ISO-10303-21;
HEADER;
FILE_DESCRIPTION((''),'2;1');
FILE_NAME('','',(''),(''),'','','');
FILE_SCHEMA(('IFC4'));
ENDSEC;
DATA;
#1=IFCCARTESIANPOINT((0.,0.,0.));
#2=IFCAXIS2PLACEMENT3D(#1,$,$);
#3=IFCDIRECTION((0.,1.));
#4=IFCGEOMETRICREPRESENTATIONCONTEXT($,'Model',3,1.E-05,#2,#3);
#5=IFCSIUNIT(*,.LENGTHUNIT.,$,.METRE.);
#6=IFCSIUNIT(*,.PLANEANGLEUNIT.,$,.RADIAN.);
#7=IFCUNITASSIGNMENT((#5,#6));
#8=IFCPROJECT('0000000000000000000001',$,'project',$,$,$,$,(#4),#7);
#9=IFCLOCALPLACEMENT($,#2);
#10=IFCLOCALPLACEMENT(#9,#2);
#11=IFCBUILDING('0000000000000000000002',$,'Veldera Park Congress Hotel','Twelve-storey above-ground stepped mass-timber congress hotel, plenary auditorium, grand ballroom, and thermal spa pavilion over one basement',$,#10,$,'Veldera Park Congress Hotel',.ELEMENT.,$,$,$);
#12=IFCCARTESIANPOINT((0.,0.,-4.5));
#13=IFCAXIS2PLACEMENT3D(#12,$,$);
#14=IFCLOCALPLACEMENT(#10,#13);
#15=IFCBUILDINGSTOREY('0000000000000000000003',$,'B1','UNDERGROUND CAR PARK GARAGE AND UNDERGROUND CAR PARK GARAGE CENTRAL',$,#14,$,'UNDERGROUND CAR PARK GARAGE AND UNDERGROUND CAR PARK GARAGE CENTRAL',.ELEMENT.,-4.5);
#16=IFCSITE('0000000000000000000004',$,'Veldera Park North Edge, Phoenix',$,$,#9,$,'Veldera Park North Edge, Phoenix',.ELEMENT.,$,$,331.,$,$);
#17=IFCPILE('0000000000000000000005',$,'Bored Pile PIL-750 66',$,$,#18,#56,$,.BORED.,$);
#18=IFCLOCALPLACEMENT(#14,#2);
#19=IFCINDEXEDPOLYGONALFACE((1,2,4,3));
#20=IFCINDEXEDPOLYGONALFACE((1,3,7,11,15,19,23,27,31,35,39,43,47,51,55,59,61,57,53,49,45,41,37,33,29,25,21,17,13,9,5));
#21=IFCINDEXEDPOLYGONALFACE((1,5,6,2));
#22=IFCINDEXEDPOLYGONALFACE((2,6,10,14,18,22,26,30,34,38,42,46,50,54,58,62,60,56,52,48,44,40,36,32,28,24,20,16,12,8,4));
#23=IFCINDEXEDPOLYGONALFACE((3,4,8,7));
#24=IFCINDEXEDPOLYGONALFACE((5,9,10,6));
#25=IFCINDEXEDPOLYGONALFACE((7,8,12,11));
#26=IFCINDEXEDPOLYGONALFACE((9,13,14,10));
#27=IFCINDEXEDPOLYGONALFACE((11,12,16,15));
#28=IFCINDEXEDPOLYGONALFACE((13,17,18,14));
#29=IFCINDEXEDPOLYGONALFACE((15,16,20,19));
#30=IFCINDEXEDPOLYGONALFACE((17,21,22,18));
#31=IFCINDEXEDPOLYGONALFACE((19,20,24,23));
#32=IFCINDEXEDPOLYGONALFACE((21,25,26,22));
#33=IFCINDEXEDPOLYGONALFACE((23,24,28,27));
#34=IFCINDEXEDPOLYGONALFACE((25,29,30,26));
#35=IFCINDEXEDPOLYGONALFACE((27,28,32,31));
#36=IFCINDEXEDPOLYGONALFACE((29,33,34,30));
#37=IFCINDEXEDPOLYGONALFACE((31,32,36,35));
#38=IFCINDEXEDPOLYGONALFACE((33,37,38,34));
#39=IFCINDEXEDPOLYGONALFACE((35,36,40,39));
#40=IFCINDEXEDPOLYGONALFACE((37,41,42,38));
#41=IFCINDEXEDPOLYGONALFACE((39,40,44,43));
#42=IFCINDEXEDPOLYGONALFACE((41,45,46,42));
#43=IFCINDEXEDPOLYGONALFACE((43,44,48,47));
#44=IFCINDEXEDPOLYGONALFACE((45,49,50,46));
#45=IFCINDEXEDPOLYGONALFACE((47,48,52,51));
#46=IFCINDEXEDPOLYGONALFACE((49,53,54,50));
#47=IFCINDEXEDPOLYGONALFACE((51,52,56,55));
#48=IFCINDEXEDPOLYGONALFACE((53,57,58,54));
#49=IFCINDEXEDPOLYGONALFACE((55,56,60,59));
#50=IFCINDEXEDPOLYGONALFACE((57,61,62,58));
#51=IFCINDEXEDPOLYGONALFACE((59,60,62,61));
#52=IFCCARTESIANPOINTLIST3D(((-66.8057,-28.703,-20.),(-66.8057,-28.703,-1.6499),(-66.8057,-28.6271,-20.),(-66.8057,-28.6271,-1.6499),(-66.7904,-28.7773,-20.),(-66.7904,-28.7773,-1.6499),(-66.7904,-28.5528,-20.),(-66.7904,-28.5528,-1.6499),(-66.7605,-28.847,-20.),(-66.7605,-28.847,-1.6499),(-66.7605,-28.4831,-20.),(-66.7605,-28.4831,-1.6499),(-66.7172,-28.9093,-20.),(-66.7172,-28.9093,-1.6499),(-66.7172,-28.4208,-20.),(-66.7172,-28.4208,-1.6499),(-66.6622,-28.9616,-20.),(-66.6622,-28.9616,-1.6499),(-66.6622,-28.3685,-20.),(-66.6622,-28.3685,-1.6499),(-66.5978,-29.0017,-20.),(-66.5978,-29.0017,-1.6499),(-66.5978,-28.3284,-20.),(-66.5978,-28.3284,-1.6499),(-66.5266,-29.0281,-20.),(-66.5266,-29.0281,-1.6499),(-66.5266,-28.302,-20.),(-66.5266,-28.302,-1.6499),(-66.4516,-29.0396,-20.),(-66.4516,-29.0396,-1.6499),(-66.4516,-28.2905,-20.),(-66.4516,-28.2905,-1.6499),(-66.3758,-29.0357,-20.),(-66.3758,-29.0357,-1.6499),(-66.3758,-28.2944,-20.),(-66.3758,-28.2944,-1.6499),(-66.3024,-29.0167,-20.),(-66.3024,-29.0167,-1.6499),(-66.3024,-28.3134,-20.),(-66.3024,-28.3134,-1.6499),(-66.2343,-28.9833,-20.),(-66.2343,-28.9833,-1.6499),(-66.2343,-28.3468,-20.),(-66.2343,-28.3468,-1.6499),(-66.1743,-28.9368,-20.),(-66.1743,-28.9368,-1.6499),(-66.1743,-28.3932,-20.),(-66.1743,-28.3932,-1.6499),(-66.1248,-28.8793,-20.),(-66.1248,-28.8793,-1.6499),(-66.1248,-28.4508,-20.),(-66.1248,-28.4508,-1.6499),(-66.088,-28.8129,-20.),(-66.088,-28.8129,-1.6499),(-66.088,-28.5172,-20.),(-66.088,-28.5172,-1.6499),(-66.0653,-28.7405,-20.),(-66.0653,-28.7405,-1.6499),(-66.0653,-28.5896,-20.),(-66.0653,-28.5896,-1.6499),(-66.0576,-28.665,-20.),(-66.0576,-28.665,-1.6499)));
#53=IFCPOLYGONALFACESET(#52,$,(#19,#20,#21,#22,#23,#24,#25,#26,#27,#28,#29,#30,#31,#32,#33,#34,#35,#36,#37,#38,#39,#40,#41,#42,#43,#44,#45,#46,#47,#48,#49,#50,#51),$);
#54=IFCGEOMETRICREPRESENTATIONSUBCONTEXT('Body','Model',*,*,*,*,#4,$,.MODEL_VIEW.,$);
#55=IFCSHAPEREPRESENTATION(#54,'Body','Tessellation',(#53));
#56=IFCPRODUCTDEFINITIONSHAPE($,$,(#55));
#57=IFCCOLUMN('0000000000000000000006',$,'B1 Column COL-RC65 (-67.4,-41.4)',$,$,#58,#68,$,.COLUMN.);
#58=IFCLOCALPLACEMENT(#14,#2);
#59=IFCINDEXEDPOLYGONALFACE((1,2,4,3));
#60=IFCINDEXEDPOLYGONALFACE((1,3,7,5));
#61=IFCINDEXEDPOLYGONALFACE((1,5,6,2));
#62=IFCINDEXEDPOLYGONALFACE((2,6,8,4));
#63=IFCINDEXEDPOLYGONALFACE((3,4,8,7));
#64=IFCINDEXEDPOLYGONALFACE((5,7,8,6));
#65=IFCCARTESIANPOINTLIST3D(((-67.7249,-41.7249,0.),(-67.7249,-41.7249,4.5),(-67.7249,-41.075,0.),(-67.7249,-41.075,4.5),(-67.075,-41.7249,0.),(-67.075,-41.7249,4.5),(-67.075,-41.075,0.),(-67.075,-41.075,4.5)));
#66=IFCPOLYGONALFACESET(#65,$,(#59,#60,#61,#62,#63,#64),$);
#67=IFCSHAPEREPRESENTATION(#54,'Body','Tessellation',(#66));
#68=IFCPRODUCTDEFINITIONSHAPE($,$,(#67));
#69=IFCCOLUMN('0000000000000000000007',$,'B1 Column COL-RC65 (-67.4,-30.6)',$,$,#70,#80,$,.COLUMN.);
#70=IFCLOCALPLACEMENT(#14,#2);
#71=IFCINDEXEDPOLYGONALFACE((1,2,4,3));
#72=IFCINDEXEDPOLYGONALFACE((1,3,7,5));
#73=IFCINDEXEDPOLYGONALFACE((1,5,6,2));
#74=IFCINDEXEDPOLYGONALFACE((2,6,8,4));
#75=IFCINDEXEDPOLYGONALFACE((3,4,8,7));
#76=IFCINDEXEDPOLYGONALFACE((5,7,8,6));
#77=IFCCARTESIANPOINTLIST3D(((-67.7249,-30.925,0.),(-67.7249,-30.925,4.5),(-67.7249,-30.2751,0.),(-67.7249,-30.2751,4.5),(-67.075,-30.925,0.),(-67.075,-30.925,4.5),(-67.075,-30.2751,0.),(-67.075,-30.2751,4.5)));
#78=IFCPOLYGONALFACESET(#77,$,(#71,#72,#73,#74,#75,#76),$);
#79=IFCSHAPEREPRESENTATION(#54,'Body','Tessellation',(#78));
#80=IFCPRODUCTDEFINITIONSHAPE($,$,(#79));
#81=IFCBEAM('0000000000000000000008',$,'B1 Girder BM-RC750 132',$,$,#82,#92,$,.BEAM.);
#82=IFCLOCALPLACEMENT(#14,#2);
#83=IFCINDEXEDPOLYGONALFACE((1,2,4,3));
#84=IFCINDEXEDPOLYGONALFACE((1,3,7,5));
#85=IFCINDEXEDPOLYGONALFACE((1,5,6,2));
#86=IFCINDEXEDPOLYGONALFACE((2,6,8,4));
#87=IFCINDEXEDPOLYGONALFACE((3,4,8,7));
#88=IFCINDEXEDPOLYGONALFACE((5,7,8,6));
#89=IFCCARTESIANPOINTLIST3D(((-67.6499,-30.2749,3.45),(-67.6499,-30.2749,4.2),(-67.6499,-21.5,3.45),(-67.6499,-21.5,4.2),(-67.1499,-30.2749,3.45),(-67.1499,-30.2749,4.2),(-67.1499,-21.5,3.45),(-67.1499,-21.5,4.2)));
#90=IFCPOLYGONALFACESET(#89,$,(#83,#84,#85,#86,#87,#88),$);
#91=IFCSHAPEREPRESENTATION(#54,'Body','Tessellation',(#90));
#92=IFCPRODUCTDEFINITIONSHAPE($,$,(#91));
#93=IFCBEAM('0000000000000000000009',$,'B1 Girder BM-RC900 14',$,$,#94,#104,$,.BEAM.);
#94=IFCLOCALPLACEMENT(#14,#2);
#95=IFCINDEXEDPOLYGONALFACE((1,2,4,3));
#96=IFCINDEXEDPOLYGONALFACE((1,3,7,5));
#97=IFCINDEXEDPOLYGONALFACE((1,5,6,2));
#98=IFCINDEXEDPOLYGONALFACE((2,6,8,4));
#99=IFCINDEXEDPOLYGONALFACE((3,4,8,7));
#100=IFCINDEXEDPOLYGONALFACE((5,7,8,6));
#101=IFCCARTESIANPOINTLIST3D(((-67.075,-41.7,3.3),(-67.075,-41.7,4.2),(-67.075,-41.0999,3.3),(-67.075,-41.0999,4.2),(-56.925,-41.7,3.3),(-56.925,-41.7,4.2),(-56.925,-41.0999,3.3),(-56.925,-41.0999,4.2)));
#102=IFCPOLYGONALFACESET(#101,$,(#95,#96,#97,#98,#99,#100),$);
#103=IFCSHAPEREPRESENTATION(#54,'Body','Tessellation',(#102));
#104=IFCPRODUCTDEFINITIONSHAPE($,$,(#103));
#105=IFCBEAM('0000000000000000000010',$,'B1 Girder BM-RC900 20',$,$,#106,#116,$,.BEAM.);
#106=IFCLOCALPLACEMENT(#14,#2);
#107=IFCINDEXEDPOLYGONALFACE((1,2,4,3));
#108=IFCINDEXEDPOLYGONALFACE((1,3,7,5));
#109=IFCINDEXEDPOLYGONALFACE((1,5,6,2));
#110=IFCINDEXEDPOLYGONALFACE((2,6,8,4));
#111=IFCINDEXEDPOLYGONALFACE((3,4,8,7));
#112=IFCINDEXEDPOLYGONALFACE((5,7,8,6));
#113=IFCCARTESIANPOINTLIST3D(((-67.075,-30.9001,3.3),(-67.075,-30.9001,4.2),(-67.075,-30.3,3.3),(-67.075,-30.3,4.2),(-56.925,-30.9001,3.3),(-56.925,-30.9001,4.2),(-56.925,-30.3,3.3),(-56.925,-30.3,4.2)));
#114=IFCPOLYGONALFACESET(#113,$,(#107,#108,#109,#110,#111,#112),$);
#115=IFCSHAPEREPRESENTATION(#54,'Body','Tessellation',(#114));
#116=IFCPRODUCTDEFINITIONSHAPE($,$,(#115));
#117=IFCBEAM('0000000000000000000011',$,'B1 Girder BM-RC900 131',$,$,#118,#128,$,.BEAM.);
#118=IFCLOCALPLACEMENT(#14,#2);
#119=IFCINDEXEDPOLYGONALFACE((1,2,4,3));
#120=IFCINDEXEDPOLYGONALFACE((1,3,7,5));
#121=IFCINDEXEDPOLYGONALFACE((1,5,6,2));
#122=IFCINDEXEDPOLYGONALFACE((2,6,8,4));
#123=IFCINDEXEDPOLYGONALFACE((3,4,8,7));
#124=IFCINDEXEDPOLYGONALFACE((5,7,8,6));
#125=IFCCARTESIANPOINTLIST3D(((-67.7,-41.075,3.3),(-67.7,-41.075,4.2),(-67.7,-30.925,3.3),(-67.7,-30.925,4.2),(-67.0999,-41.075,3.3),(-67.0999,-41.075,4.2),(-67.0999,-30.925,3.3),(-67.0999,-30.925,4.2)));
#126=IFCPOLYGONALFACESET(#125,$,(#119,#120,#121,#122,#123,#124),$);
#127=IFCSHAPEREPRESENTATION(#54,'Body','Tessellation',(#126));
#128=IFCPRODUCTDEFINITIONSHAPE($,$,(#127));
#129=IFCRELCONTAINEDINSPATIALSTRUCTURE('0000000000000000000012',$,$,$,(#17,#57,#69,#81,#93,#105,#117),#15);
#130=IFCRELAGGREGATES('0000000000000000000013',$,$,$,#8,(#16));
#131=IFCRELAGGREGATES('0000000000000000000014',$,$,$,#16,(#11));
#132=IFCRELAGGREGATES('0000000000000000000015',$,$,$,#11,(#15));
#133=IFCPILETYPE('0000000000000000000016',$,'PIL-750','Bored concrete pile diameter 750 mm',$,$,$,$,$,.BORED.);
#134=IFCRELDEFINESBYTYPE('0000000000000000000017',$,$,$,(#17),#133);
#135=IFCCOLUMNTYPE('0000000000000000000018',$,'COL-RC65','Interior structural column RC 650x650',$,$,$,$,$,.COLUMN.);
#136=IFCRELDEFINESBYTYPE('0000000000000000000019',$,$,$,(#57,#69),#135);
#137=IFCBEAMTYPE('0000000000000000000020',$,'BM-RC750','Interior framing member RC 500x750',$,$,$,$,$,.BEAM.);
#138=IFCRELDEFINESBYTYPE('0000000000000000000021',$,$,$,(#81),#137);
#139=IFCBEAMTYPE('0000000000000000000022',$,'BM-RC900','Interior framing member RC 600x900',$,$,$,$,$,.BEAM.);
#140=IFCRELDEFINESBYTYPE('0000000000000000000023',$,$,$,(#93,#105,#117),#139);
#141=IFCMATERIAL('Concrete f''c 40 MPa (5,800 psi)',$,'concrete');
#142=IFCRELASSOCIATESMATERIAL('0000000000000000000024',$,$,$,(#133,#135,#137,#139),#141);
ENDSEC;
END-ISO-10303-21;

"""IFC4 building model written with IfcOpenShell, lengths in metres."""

from ifc_helpers import new_model, si_unit, direction, frame, origin, origin_2d, place, context, subcontext, project, spatial, rectangle, circle, extrude, material, material_profile, profile_set, type_object, element, save


model = new_model("IFC4")

# Units and contexts
model_context = context("Model", 3, precision=1e-05, world=origin(), true_north=direction((0.0, 1.0)))
body_context = subcontext(model_context, "Body", "Model", "MODEL_VIEW")
ifc_project = project(units=[si_unit("LENGTHUNIT", "METRE"), si_unit("PLANEANGLEUNIT", "RADIAN")], contexts=[model_context])

# Site, building, storey
site_placement = place(None, origin())
site = spatial("IfcSite", under=ifc_project, at=site_placement, Name="Veldera Park North Edge, Phoenix", LongName="Veldera Park North Edge, Phoenix", CompositionType="ELEMENT", RefElevation=331.0)
building_placement = place(site_placement, origin())
building = spatial("IfcBuilding", under=site, at=building_placement, Name="Veldera Park Congress Hotel", Description="Twelve-storey above-ground stepped mass-timber congress hotel, plenary auditorium, grand ballroom, and thermal spa pavilion over one basement", LongName="Veldera Park Congress Hotel", CompositionType="ELEMENT")
storey_placement = place(building_placement, frame((0.0, 0.0, -4.5)))
storey = spatial("IfcBuildingStorey", under=building, at=storey_placement, Name="B1", Description="UNDERGROUND CAR PARK GARAGE AND UNDERGROUND CAR PARK GARAGE CENTRAL", LongName="UNDERGROUND CAR PARK GARAGE AND UNDERGROUND CAR PARK GARAGE CENTRAL", CompositionType="ELEMENT", Elevation=-4.5)

# Shared definitions
ifc_material = material(Name="Concrete f'c 40 MPa (5,800 psi)", Category="concrete")

# Pile
ifc_material_profile_1 = material_profile(ifc_material, circle(Radius=0.375, at=origin_2d()), Name="PILE D750")
ifc_profile_set_1 = profile_set([ifc_material_profile_1], Name="Concrete f'c 40 MPa (5,800 psi)")
pile_type_1 = type_object("IfcPileType", Name="PIL-750", Description="Bored concrete pile diameter 750 mm", PredefinedType="BORED", material=ifc_profile_set_1)
for number, where, z_axis, x_axis, name in (
    (1, (-66.4326, -28.665, -1.6499), (0.0, 0.0, -1.0), (1.0, 0.0, 0.0), "Bored Pile PIL-750 66"),
):
    element("IfcPile", number, at=place(storey_placement, frame(where, z_axis=z_axis, x_axis=x_axis)), inside=storey, type_object=pile_type_1, Name=name, PredefinedType="BORED", context=body_context, shape_type="SweptSolid", body=[
        extrude(circle(Radius=0.375, at=origin_2d()), origin(), (0.0, 0.0, 1.0), 18.3501),
    ])

# Columns
ifc_material_profile_2 = material_profile(ifc_material, rectangle(XDim=0.6499, YDim=0.6499, at=origin_2d()), Name="RC 650x650")
ifc_profile_set_2 = profile_set([ifc_material_profile_2], Name="Concrete f'c 40 MPa (5,800 psi)")
column_type = type_object("IfcColumnType", Name="COL-RC65", Description="Interior structural column RC 650x650", PredefinedType="COLUMN", material=ifc_profile_set_2)
for number, where, z_axis, x_axis, name in (
    (2, (-67.3999, -41.3999, 0.0), (0.0, 0.0, 1.0), (1.0, 0.0, 0.0), "B1 Column COL-RC65 (-67.4,-41.4)"),
    (3, (-67.3999, -30.6001, 0.0), (0.0, 0.0, 1.0), (1.0, 0.0, 0.0), "B1 Column COL-RC65 (-67.4,-30.6)"),
):
    element("IfcColumn", number, at=place(storey_placement, frame(where, z_axis=z_axis, x_axis=x_axis)), inside=storey, type_object=column_type, Name=name, PredefinedType="COLUMN", context=body_context, shape_type="SweptSolid", body=[
        extrude(rectangle(XDim=0.6499, YDim=0.6499, at=origin_2d()), origin(), (0.0, 0.0, 1.0), 4.5),
    ])

# Beams
ifc_material_profile_3 = material_profile(ifc_material, rectangle(XDim=0.5, YDim=0.75, at=origin_2d()), Name="RC 500x750")
ifc_profile_set_3 = profile_set([ifc_material_profile_3], Name="Concrete f'c 40 MPa (5,800 psi)")
beam_type_1 = type_object("IfcBeamType", Name="BM-RC750", Description="Interior framing member RC 500x750", PredefinedType="BEAM", material=ifc_profile_set_3)
beam_placement = place(storey_placement, frame((-67.3999, -30.2749, 3.825), z_axis=(0.0, 1.0, 0.0), x_axis=(-1.0, 0.0, 0.0)))
element("IfcBeam", 4, at=beam_placement, inside=storey, type_object=beam_type_1, Name="B1 Girder BM-RC750 132", PredefinedType="BEAM", context=body_context, shape_type="SweptSolid", body=[
    extrude(rectangle(XDim=0.5, YDim=0.75, at=origin_2d()), origin(), (0.0, 0.0, 1.0), 8.7749),
])
ifc_material_profile_4 = material_profile(ifc_material, rectangle(XDim=0.6001, YDim=0.8999, at=origin_2d()), Name="RC 600x900")
ifc_profile_set_4 = profile_set([ifc_material_profile_4], Name="Concrete f'c 40 MPa (5,800 psi)")
beam_type_2 = type_object("IfcBeamType", Name="BM-RC900", Description="Interior framing member RC 600x900", PredefinedType="BEAM", material=ifc_profile_set_4)
for number, where, z_axis, x_axis, name in (
    (5, (-67.075, -41.3999, 3.75), (1.0, 0.0, 0.0), (0.0, 1.0, 0.0), "B1 Girder BM-RC900 14"),
    (6, (-67.075, -30.6001, 3.75), (1.0, 0.0, 0.0), (0.0, 1.0, 0.0), "B1 Girder BM-RC900 20"),
    (7, (-67.3999, -41.075, 3.75), (0.0, 1.0, 0.0), (-1.0, 0.0, 0.0), "B1 Girder BM-RC900 131"),
):
    element("IfcBeam", number, at=place(storey_placement, frame(where, z_axis=z_axis, x_axis=x_axis)), inside=storey, type_object=beam_type_2, Name=name, PredefinedType="BEAM", context=body_context, shape_type="SweptSolid", body=[
        extrude(rectangle(XDim=0.6001, YDim=0.8999, at=origin_2d()), origin(), (0.0, 0.0, 1.0), 10.1499),
    ])

save(model, "model.ifc")
